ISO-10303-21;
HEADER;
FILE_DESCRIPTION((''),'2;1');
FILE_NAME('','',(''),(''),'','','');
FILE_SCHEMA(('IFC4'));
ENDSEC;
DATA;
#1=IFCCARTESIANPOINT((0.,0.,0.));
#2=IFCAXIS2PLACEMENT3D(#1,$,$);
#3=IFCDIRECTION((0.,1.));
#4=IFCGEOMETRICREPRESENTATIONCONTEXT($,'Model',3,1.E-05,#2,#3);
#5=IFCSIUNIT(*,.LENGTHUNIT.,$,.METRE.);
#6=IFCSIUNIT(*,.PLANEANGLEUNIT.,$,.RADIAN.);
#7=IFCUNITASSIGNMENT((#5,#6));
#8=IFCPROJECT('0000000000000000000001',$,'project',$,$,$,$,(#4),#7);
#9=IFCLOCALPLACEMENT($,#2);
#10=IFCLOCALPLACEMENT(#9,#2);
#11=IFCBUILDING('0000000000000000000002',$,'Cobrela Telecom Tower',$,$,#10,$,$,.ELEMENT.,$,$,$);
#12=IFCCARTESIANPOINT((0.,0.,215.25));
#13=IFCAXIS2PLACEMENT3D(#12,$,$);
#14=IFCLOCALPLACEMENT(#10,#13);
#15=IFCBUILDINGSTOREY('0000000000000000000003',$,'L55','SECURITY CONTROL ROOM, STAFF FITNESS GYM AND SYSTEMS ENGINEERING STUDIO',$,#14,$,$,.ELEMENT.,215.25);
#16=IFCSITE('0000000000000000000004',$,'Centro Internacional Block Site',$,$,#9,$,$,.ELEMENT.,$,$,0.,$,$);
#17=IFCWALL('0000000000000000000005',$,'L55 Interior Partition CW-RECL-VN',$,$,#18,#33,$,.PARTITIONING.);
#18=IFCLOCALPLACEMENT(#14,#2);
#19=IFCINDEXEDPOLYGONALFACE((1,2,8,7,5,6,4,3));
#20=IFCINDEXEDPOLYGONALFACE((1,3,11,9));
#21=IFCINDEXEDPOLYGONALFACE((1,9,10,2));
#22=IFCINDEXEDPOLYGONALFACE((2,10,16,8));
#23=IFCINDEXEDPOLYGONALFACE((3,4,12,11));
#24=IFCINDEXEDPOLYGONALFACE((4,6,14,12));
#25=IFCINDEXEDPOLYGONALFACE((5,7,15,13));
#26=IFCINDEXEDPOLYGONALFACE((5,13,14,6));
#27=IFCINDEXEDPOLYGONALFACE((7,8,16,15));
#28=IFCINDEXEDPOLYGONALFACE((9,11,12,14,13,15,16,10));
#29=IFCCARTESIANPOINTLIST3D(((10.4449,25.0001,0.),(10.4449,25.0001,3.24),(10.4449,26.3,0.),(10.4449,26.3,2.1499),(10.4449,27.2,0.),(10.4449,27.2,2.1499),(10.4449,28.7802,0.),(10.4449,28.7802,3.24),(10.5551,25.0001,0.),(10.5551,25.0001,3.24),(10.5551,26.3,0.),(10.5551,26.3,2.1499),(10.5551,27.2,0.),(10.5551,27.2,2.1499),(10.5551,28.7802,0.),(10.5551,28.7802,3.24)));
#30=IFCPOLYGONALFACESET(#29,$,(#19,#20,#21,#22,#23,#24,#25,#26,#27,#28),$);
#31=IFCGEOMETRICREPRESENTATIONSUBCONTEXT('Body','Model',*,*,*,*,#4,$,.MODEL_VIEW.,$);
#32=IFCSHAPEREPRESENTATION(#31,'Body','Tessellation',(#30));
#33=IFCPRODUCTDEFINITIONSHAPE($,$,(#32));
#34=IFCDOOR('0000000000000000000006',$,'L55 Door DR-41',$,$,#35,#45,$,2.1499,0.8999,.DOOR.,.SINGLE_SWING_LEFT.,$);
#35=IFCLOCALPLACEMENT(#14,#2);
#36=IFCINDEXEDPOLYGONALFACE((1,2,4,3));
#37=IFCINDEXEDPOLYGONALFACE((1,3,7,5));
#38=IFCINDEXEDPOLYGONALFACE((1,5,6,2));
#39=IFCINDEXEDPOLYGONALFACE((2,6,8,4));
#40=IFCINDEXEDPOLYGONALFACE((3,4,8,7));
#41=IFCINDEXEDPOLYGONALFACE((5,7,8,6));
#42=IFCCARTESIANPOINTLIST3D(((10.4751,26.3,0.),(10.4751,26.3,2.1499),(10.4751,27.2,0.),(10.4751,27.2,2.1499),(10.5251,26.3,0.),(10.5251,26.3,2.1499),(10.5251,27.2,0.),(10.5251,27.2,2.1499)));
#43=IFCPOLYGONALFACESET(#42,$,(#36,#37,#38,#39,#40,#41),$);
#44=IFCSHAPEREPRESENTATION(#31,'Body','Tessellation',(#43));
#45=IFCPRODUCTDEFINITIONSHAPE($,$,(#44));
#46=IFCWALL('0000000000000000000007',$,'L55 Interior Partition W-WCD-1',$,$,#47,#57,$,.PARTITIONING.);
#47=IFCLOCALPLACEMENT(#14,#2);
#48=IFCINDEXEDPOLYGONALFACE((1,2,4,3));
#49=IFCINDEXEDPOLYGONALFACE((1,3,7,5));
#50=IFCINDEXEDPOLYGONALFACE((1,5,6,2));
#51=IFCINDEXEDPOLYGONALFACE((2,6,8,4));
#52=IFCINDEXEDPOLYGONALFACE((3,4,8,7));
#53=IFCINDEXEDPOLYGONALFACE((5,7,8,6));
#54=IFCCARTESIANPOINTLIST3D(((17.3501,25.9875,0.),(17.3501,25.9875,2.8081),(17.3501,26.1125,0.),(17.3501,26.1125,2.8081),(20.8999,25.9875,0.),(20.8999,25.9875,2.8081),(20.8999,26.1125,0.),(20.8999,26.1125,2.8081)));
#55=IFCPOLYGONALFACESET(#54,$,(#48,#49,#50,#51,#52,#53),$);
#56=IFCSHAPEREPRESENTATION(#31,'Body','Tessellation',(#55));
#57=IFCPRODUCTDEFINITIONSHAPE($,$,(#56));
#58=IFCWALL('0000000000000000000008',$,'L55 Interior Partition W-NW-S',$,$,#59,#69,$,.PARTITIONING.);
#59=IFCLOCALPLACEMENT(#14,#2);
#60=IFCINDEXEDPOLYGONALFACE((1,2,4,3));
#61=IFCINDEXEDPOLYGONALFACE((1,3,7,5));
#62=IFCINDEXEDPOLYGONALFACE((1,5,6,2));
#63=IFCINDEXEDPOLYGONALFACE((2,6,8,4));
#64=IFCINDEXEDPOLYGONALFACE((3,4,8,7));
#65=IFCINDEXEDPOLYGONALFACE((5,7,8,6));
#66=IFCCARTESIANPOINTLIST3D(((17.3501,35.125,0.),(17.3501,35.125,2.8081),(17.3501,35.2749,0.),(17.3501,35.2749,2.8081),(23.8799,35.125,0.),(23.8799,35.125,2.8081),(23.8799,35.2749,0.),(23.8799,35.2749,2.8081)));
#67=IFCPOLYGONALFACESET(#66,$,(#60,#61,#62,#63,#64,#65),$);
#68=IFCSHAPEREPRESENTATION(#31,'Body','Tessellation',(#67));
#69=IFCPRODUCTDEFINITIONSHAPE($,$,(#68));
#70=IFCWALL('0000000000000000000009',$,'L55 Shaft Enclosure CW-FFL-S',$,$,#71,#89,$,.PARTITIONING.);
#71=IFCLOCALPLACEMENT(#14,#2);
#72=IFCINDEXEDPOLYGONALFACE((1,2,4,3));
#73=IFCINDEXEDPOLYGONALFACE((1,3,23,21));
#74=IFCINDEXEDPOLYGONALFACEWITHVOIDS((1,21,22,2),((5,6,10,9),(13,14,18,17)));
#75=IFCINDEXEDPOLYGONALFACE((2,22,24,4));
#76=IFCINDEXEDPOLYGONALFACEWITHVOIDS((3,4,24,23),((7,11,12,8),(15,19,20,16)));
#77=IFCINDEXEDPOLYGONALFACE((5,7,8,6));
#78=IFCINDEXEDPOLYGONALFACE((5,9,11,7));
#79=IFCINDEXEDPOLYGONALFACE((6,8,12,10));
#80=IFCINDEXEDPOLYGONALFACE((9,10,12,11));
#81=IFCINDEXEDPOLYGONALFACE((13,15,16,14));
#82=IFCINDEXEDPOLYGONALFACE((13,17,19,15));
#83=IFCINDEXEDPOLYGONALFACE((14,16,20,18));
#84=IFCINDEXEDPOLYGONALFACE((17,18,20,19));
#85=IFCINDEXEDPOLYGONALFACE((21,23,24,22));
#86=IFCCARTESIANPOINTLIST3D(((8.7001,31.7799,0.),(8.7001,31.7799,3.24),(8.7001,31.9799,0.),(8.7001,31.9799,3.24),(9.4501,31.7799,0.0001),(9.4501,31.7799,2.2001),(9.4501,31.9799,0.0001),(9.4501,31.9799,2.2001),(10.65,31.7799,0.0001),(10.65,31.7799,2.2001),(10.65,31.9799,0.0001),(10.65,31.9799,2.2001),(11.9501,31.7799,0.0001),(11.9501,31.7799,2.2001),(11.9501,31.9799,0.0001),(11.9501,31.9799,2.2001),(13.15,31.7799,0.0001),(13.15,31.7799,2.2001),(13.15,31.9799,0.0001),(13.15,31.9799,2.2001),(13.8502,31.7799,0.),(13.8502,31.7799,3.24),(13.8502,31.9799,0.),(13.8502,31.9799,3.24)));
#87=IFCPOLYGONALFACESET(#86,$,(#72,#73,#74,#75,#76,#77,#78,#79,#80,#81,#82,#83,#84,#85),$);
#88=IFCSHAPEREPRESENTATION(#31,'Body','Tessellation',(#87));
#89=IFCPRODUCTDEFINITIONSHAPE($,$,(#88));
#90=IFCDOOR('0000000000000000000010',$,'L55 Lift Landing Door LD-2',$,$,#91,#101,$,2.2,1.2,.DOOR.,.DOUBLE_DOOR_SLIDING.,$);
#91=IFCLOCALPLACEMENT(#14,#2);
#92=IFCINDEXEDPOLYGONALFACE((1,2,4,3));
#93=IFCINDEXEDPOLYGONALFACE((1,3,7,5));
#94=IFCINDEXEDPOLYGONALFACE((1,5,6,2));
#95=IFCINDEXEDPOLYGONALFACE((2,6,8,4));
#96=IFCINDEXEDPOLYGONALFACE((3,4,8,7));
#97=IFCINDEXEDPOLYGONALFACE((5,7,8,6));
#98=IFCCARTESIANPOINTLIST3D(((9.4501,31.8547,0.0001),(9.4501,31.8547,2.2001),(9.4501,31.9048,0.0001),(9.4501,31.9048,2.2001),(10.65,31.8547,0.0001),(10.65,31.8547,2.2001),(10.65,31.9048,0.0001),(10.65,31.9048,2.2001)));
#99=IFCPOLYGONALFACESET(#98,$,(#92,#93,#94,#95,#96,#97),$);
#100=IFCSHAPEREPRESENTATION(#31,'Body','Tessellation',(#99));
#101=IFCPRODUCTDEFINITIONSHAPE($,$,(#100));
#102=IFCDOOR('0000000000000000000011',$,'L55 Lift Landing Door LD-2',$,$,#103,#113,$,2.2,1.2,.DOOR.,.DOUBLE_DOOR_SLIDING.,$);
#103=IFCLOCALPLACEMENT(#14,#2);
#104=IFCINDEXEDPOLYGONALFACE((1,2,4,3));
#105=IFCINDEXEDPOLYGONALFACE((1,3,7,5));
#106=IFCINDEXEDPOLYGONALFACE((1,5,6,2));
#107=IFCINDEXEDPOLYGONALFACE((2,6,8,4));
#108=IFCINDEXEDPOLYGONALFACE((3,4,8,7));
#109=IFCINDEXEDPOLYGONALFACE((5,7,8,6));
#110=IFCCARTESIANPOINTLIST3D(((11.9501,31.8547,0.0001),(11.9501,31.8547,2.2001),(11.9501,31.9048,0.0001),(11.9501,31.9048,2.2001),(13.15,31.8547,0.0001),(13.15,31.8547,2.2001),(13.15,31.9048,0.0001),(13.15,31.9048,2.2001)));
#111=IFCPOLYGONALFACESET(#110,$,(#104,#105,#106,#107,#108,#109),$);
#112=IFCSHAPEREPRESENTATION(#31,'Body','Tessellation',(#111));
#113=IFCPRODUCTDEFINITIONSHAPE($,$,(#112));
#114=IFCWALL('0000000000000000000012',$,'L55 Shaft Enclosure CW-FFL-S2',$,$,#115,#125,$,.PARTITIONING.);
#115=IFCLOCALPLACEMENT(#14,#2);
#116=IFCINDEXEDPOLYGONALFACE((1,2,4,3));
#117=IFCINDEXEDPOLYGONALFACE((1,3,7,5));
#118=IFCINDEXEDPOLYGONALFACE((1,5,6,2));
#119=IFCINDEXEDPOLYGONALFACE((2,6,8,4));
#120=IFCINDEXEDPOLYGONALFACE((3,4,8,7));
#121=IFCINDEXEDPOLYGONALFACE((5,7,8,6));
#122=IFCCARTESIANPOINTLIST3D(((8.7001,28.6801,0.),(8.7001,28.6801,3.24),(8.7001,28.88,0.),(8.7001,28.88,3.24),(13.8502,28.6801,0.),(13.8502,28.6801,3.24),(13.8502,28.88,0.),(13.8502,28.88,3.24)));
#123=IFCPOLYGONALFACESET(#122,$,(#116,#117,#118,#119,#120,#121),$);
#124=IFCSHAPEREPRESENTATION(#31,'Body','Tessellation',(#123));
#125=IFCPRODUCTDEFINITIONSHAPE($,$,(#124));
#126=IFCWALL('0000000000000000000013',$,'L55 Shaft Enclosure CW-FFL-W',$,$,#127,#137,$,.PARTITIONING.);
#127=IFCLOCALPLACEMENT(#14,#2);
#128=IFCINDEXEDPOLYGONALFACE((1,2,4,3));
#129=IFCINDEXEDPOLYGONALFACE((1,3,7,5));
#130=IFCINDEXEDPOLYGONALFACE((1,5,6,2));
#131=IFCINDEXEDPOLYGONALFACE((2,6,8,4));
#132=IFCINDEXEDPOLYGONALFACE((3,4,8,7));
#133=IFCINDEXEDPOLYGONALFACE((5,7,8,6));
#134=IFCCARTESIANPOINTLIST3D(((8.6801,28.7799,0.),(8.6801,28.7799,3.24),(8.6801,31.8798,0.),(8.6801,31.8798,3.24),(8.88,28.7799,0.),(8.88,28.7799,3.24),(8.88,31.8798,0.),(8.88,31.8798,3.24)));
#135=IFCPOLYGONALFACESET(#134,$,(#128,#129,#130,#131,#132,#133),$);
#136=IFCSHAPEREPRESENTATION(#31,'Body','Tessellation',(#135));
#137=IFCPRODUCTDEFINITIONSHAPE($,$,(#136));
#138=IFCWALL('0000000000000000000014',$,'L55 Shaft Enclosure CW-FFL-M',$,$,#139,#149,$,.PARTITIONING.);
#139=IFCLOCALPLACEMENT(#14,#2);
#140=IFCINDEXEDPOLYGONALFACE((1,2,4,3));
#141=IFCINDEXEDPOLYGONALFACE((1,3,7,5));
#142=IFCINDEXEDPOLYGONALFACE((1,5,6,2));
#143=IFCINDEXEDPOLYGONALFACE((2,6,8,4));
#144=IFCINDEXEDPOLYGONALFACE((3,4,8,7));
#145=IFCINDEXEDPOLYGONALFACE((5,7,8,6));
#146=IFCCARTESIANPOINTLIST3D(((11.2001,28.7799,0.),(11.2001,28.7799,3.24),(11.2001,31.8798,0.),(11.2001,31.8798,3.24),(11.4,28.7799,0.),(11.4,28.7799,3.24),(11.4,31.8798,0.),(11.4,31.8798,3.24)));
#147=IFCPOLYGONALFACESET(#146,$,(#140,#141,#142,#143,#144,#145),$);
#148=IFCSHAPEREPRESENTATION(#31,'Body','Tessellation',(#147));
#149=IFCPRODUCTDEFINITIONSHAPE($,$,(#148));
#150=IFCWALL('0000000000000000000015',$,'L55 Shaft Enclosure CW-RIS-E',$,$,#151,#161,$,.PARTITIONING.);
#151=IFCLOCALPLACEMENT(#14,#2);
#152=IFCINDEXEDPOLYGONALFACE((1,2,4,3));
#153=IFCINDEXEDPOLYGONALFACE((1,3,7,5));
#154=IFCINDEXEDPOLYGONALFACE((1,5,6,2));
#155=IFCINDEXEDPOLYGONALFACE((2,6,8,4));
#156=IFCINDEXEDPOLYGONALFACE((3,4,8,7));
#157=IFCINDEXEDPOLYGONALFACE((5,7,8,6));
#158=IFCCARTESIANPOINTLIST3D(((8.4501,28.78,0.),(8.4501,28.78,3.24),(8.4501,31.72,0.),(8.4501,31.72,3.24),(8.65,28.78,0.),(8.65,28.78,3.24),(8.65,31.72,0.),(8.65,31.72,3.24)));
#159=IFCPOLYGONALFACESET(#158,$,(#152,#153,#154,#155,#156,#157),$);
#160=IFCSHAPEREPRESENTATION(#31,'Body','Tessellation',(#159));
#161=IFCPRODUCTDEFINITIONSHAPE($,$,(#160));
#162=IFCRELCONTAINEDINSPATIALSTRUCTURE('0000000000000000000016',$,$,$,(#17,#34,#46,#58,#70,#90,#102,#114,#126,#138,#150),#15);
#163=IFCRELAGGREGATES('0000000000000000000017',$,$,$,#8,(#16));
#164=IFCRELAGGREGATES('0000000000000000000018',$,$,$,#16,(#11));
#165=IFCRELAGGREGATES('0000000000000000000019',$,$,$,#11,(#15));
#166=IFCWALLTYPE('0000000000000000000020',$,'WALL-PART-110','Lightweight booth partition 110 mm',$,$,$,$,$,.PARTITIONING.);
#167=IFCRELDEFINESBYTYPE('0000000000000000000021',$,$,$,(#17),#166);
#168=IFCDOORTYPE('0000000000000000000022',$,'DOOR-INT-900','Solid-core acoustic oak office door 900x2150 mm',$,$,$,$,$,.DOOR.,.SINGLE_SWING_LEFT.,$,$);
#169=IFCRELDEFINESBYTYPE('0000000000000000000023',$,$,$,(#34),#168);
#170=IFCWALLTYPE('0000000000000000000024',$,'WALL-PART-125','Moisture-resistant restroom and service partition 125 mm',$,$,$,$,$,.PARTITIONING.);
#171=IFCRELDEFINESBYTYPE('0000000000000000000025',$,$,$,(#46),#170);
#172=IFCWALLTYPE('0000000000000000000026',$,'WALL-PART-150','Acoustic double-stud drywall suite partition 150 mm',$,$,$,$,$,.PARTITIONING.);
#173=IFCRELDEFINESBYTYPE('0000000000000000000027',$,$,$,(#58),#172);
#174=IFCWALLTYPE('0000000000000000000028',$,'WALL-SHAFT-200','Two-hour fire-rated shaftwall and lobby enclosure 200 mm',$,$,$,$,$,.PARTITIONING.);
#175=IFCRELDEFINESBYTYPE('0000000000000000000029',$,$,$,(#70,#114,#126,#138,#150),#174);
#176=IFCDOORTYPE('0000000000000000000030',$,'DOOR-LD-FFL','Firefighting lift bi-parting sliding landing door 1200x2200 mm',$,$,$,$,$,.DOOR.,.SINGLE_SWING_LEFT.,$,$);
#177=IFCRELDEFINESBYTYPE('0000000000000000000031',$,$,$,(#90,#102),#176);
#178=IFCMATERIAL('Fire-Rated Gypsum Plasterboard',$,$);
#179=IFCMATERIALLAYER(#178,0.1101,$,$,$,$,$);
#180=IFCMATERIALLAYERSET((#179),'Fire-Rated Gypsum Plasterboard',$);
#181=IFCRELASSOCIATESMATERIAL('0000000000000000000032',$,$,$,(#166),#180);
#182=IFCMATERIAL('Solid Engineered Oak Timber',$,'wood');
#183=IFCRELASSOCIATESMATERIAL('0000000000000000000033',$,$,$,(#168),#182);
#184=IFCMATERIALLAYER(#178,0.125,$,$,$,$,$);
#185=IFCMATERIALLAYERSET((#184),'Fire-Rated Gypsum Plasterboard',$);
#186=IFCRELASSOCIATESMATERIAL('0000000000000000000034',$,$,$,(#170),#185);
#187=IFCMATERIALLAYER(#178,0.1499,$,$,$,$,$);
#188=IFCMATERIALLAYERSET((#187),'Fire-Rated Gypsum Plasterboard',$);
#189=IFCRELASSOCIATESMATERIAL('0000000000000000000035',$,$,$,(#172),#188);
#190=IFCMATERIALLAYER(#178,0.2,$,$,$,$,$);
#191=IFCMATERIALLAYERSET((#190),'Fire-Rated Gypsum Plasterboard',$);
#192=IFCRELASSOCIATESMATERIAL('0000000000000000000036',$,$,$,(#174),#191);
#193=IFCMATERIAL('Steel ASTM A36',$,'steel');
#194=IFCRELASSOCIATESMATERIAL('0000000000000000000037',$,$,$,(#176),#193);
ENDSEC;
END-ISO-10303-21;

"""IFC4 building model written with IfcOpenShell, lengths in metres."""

from ifc_helpers import new_model, si_unit, direction, frame, frame_2d, origin, place, context, subcontext, project, spatial, rectangle, extrude, material, layer, layer_set, type_object, element, fill, save


model = new_model("IFC4")

# Units and contexts
model_context = context("Model", 3, precision=1e-05, world=origin(), true_north=direction((0.0, 1.0)))
body_context = subcontext(model_context, "Body", "Model", "MODEL_VIEW")
ifc_project = project(units=[si_unit("LENGTHUNIT", "METRE"), si_unit("PLANEANGLEUNIT", "RADIAN")], contexts=[model_context])

# Site, building, storey
site_placement = place(None, origin())
site = spatial("IfcSite", under=ifc_project, at=site_placement, Name="Centro Internacional Block Site", CompositionType="ELEMENT", RefElevation=0.0)
building_placement = place(site_placement, origin())
building = spatial("IfcBuilding", under=site, at=building_placement, Name="Cobrela Telecom Tower", CompositionType="ELEMENT")
storey_placement = place(building_placement, frame((0.0, 0.0, 215.25)))
storey = spatial("IfcBuildingStorey", under=building, at=storey_placement, Name="L55", Description="SECURITY CONTROL ROOM, STAFF FITNESS GYM AND SYSTEMS ENGINEERING STUDIO", CompositionType="ELEMENT", Elevation=215.25)

# Shared definitions
ifc_material_1 = material(Name="Steel ASTM A36", Category="steel")

# Wall, opening, door
ifc_material_2 = material(Name="Fire-Rated Gypsum Plasterboard")
ifc_layer_1 = layer(ifc_material_2, 0.1101)
ifc_layer_set_1 = layer_set([ifc_layer_1], Name="Fire-Rated Gypsum Plasterboard")
wall_type_1 = type_object("IfcWallType", Name="WALL-PART-110", Description="Lightweight booth partition 110 mm", PredefinedType="PARTITIONING", material=ifc_layer_set_1)
wall_1_placement = place(storey_placement, frame((10.5, 25.0, 0.0), z_axis=(0.0, 0.0, 1.0), x_axis=(0.0, 1.0, 0.0)))
wall_1 = element("IfcWall", 1, at=wall_1_placement, inside=storey, type_object=wall_type_1, Name="L55 Interior Partition CW-RECL-VN", PredefinedType="PARTITIONING", context=body_context, shape_type="SweptSolid", body=[
    extrude(rectangle(XDim=3.78, YDim=0.1101, at=frame_2d((1.8901, 0.0))), origin(), (0.0, 0.0, 1.0), 3.24),
])
opening_1_placement = place(wall_1_placement, frame((1.3, 0.0, 0.0)))
opening_1 = element("IfcOpeningElement", 2, at=opening_1_placement, cuts=wall_1, PredefinedType="OPENING", context=body_context, shape_type="SweptSolid", body=[
    extrude(rectangle(XDim=0.8999, YDim=2.1499, at=frame_2d((0.45, 1.075))), frame((0.0, 0.0669, 0.0), z_axis=(0.0, -1.0, 0.0), x_axis=(1.0, 0.0, 0.0)), (0.0, 0.0, 1.0), 0.134),
])
ifc_material_3 = material(Name="Solid Engineered Oak Timber", Category="wood")
door_type_1 = type_object("IfcDoorType", Name="DOOR-INT-900", Description="Solid-core acoustic oak office door 900x2150 mm", OperationType="SINGLE_SWING_LEFT", PredefinedType="DOOR", material=ifc_material_3)
door_1_placement = place(opening_1_placement, origin())
door_1 = element("IfcDoor", 3, at=door_1_placement, inside=storey, type_object=door_type_1, Name="L55 Door DR-41", OperationType="SINGLE_SWING_LEFT", OverallHeight=2.1499, OverallWidth=0.8999, PredefinedType="DOOR", context=body_context, shape_type="SweptSolid", body=[
    extrude(rectangle(XDim=0.8999, YDim=2.1499, at=frame_2d((0.45, 1.075))), frame((0.0, 0.0249, 0.0), z_axis=(0.0, -1.0, 0.0), x_axis=(1.0, 0.0, 0.0)), (0.0, 0.0, 1.0), 0.05),
])
fill(opening_1, door_1)

# Walls
ifc_layer_2 = layer(ifc_material_2, 0.125)
ifc_layer_set_2 = layer_set([ifc_layer_2], Name="Fire-Rated Gypsum Plasterboard")
wall_type_2 = type_object("IfcWallType", Name="WALL-PART-125", Description="Moisture-resistant restroom and service partition 125 mm", PredefinedType="PARTITIONING", material=ifc_layer_set_2)
wall_2_placement = place(storey_placement, frame((17.3501, 26.05, 0.0), z_axis=(0.0, 0.0, 1.0), x_axis=(1.0, 0.0, 0.0)))
element("IfcWall", 4, at=wall_2_placement, inside=storey, type_object=wall_type_2, Name="L55 Interior Partition W-WCD-1", PredefinedType="PARTITIONING", context=body_context, shape_type="SweptSolid", body=[
    extrude(rectangle(XDim=3.5498, YDim=0.125, at=frame_2d((1.7749, 0.0))), origin(), (0.0, 0.0, 1.0), 2.8081),
])
ifc_layer_3 = layer(ifc_material_2, 0.1499)
ifc_layer_set_3 = layer_set([ifc_layer_3], Name="Fire-Rated Gypsum Plasterboard")
wall_type_3 = type_object("IfcWallType", Name="WALL-PART-150", Description="Acoustic double-stud drywall suite partition 150 mm", PredefinedType="PARTITIONING", material=ifc_layer_set_3)
wall_3_placement = place(storey_placement, frame((17.3501, 35.2, 0.0), z_axis=(0.0, 0.0, 1.0), x_axis=(1.0, 0.0, 0.0)))
element("IfcWall", 5, at=wall_3_placement, inside=storey, type_object=wall_type_3, Name="L55 Interior Partition W-NW-S", PredefinedType="PARTITIONING", context=body_context, shape_type="SweptSolid", body=[
    extrude(rectangle(XDim=6.5298, YDim=0.1499, at=frame_2d((3.2649, 0.0))), origin(), (0.0, 0.0, 1.0), 2.8081),
])

# Wall, openings, doors
ifc_layer_4 = layer(ifc_material_2, 0.2)
ifc_layer_set_4 = layer_set([ifc_layer_4], Name="Fire-Rated Gypsum Plasterboard")
wall_type_4 = type_object("IfcWallType", Name="WALL-SHAFT-200", Description="Two-hour fire-rated shaftwall and lobby enclosure 200 mm", PredefinedType="PARTITIONING", material=ifc_layer_set_4)
wall_4_placement = place(storey_placement, frame((8.7, 31.8799, 0.0), z_axis=(0.0, 0.0, 1.0), x_axis=(1.0, 0.0, 0.0)))
wall_4 = element("IfcWall", 6, at=wall_4_placement, inside=storey, type_object=wall_type_4, Name="L55 Shaft Enclosure CW-FFL-S", PredefinedType="PARTITIONING", context=body_context, shape_type="SweptSolid", body=[
    extrude(rectangle(XDim=5.1501, YDim=0.2, at=frame_2d((2.5752, 0.0))), origin(), (0.0, 0.0, 1.0), 3.24),
])
opening_2_placement = place(wall_4_placement, frame((0.75, 0.0, 0.0)))
opening_2 = element("IfcOpeningElement", 7, at=opening_2_placement, cuts=wall_4, PredefinedType="OPENING", context=body_context, shape_type="SweptSolid", body=[
    extrude(rectangle(XDim=1.2, YDim=2.2, at=frame_2d((0.6001, 1.1001))), frame((0.0, 0.1118, 0.0), z_axis=(0.0, -1.0, 0.0), x_axis=(1.0, 0.0, 0.0)), (0.0, 0.0, 1.0), 0.2239),
])
opening_3_placement = place(wall_4_placement, frame((3.25, 0.0, 0.0)))
opening_3 = element("IfcOpeningElement", 8, at=opening_3_placement, cuts=wall_4, PredefinedType="OPENING", context=body_context, shape_type="SweptSolid", body=[
    extrude(rectangle(XDim=1.2, YDim=2.2, at=frame_2d((0.6001, 1.1001))), frame((0.0, 0.1118, 0.0), z_axis=(0.0, -1.0, 0.0), x_axis=(1.0, 0.0, 0.0)), (0.0, 0.0, 1.0), 0.2239),
])
door_type_2 = type_object("IfcDoorType", Name="DOOR-LD-FFL", Description="Firefighting lift bi-parting sliding landing door 1200x2200 mm", OperationType="SINGLE_SWING_LEFT", PredefinedType="DOOR", material=ifc_material_1)
door_2_placement = place(opening_2_placement, origin())
door_2 = element("IfcDoor", 9, at=door_2_placement, inside=storey, type_object=door_type_2, Name="L55 Lift Landing Door LD-2", OperationType="DOUBLE_DOOR_SLIDING", OverallHeight=2.2, OverallWidth=1.2, PredefinedType="DOOR", context=body_context, shape_type="SweptSolid", body=[
    extrude(rectangle(XDim=1.2, YDim=2.2, at=frame_2d((0.6001, 1.1001))), frame((0.0, 0.0249, 0.0), z_axis=(0.0, -1.0, 0.0), x_axis=(1.0, 0.0, 0.0)), (0.0, 0.0, 1.0), 0.05),
])
fill(opening_2, door_2)
door_3_placement = place(opening_3_placement, origin())
door_3 = element("IfcDoor", 10, at=door_3_placement, inside=storey, type_object=door_type_2, Name="L55 Lift Landing Door LD-2", OperationType="DOUBLE_DOOR_SLIDING", OverallHeight=2.2, OverallWidth=1.2, PredefinedType="DOOR", context=body_context, shape_type="SweptSolid", body=[
    extrude(rectangle(XDim=1.2, YDim=2.2, at=frame_2d((0.6001, 1.1001))), frame((0.0, 0.0249, 0.0), z_axis=(0.0, -1.0, 0.0), x_axis=(1.0, 0.0, 0.0)), (0.0, 0.0, 1.0), 0.05),
])
fill(opening_3, door_3)

# Walls
wall_5_placement = place(storey_placement, frame((8.7, 28.78, 0.0), z_axis=(0.0, 0.0, 1.0), x_axis=(1.0, 0.0, 0.0)))
element("IfcWall", 11, at=wall_5_placement, inside=storey, type_object=wall_type_4, Name="L55 Shaft Enclosure CW-FFL-S2", PredefinedType="PARTITIONING", context=body_context, shape_type="SweptSolid", body=[
    extrude(rectangle(XDim=5.1501, YDim=0.2, at=frame_2d((2.5752, 0.0))), origin(), (0.0, 0.0, 1.0), 3.24),
])
for number, where, z_axis, x_axis, name in (
    (12, (8.78, 28.78, 0.0), (0.0, 0.0, 1.0), (0.0, 1.0, 0.0), "L55 Shaft Enclosure CW-FFL-W"),
    (13, (11.3, 28.78, 0.0), (0.0, 0.0, 1.0), (0.0, 1.0, 0.0), "L55 Shaft Enclosure CW-FFL-M"),
):
    element("IfcWall", number, at=place(storey_placement, frame(where, z_axis=z_axis, x_axis=x_axis)), inside=storey, type_object=wall_type_4, Name=name, PredefinedType="PARTITIONING", context=body_context, shape_type="SweptSolid", body=[
        extrude(rectangle(XDim=3.0999, YDim=0.2, at=frame_2d((1.5498, 0.0))), origin(), (0.0, 0.0, 1.0), 3.24),
    ])
wall_6_placement = place(storey_placement, frame((8.55, 28.78, 0.0), z_axis=(0.0, 0.0, 1.0), x_axis=(0.0, 1.0, 0.0)))
element("IfcWall", 14, at=wall_6_placement, inside=storey, type_object=wall_type_4, Name="L55 Shaft Enclosure CW-RIS-E", PredefinedType="PARTITIONING", context=body_context, shape_type="SweptSolid", body=[
    extrude(rectangle(XDim=2.9399, YDim=0.2, at=frame_2d((1.47, 0.0))), origin(), (0.0, 0.0, 1.0), 3.24),
])

save(model, "model.ifc")
